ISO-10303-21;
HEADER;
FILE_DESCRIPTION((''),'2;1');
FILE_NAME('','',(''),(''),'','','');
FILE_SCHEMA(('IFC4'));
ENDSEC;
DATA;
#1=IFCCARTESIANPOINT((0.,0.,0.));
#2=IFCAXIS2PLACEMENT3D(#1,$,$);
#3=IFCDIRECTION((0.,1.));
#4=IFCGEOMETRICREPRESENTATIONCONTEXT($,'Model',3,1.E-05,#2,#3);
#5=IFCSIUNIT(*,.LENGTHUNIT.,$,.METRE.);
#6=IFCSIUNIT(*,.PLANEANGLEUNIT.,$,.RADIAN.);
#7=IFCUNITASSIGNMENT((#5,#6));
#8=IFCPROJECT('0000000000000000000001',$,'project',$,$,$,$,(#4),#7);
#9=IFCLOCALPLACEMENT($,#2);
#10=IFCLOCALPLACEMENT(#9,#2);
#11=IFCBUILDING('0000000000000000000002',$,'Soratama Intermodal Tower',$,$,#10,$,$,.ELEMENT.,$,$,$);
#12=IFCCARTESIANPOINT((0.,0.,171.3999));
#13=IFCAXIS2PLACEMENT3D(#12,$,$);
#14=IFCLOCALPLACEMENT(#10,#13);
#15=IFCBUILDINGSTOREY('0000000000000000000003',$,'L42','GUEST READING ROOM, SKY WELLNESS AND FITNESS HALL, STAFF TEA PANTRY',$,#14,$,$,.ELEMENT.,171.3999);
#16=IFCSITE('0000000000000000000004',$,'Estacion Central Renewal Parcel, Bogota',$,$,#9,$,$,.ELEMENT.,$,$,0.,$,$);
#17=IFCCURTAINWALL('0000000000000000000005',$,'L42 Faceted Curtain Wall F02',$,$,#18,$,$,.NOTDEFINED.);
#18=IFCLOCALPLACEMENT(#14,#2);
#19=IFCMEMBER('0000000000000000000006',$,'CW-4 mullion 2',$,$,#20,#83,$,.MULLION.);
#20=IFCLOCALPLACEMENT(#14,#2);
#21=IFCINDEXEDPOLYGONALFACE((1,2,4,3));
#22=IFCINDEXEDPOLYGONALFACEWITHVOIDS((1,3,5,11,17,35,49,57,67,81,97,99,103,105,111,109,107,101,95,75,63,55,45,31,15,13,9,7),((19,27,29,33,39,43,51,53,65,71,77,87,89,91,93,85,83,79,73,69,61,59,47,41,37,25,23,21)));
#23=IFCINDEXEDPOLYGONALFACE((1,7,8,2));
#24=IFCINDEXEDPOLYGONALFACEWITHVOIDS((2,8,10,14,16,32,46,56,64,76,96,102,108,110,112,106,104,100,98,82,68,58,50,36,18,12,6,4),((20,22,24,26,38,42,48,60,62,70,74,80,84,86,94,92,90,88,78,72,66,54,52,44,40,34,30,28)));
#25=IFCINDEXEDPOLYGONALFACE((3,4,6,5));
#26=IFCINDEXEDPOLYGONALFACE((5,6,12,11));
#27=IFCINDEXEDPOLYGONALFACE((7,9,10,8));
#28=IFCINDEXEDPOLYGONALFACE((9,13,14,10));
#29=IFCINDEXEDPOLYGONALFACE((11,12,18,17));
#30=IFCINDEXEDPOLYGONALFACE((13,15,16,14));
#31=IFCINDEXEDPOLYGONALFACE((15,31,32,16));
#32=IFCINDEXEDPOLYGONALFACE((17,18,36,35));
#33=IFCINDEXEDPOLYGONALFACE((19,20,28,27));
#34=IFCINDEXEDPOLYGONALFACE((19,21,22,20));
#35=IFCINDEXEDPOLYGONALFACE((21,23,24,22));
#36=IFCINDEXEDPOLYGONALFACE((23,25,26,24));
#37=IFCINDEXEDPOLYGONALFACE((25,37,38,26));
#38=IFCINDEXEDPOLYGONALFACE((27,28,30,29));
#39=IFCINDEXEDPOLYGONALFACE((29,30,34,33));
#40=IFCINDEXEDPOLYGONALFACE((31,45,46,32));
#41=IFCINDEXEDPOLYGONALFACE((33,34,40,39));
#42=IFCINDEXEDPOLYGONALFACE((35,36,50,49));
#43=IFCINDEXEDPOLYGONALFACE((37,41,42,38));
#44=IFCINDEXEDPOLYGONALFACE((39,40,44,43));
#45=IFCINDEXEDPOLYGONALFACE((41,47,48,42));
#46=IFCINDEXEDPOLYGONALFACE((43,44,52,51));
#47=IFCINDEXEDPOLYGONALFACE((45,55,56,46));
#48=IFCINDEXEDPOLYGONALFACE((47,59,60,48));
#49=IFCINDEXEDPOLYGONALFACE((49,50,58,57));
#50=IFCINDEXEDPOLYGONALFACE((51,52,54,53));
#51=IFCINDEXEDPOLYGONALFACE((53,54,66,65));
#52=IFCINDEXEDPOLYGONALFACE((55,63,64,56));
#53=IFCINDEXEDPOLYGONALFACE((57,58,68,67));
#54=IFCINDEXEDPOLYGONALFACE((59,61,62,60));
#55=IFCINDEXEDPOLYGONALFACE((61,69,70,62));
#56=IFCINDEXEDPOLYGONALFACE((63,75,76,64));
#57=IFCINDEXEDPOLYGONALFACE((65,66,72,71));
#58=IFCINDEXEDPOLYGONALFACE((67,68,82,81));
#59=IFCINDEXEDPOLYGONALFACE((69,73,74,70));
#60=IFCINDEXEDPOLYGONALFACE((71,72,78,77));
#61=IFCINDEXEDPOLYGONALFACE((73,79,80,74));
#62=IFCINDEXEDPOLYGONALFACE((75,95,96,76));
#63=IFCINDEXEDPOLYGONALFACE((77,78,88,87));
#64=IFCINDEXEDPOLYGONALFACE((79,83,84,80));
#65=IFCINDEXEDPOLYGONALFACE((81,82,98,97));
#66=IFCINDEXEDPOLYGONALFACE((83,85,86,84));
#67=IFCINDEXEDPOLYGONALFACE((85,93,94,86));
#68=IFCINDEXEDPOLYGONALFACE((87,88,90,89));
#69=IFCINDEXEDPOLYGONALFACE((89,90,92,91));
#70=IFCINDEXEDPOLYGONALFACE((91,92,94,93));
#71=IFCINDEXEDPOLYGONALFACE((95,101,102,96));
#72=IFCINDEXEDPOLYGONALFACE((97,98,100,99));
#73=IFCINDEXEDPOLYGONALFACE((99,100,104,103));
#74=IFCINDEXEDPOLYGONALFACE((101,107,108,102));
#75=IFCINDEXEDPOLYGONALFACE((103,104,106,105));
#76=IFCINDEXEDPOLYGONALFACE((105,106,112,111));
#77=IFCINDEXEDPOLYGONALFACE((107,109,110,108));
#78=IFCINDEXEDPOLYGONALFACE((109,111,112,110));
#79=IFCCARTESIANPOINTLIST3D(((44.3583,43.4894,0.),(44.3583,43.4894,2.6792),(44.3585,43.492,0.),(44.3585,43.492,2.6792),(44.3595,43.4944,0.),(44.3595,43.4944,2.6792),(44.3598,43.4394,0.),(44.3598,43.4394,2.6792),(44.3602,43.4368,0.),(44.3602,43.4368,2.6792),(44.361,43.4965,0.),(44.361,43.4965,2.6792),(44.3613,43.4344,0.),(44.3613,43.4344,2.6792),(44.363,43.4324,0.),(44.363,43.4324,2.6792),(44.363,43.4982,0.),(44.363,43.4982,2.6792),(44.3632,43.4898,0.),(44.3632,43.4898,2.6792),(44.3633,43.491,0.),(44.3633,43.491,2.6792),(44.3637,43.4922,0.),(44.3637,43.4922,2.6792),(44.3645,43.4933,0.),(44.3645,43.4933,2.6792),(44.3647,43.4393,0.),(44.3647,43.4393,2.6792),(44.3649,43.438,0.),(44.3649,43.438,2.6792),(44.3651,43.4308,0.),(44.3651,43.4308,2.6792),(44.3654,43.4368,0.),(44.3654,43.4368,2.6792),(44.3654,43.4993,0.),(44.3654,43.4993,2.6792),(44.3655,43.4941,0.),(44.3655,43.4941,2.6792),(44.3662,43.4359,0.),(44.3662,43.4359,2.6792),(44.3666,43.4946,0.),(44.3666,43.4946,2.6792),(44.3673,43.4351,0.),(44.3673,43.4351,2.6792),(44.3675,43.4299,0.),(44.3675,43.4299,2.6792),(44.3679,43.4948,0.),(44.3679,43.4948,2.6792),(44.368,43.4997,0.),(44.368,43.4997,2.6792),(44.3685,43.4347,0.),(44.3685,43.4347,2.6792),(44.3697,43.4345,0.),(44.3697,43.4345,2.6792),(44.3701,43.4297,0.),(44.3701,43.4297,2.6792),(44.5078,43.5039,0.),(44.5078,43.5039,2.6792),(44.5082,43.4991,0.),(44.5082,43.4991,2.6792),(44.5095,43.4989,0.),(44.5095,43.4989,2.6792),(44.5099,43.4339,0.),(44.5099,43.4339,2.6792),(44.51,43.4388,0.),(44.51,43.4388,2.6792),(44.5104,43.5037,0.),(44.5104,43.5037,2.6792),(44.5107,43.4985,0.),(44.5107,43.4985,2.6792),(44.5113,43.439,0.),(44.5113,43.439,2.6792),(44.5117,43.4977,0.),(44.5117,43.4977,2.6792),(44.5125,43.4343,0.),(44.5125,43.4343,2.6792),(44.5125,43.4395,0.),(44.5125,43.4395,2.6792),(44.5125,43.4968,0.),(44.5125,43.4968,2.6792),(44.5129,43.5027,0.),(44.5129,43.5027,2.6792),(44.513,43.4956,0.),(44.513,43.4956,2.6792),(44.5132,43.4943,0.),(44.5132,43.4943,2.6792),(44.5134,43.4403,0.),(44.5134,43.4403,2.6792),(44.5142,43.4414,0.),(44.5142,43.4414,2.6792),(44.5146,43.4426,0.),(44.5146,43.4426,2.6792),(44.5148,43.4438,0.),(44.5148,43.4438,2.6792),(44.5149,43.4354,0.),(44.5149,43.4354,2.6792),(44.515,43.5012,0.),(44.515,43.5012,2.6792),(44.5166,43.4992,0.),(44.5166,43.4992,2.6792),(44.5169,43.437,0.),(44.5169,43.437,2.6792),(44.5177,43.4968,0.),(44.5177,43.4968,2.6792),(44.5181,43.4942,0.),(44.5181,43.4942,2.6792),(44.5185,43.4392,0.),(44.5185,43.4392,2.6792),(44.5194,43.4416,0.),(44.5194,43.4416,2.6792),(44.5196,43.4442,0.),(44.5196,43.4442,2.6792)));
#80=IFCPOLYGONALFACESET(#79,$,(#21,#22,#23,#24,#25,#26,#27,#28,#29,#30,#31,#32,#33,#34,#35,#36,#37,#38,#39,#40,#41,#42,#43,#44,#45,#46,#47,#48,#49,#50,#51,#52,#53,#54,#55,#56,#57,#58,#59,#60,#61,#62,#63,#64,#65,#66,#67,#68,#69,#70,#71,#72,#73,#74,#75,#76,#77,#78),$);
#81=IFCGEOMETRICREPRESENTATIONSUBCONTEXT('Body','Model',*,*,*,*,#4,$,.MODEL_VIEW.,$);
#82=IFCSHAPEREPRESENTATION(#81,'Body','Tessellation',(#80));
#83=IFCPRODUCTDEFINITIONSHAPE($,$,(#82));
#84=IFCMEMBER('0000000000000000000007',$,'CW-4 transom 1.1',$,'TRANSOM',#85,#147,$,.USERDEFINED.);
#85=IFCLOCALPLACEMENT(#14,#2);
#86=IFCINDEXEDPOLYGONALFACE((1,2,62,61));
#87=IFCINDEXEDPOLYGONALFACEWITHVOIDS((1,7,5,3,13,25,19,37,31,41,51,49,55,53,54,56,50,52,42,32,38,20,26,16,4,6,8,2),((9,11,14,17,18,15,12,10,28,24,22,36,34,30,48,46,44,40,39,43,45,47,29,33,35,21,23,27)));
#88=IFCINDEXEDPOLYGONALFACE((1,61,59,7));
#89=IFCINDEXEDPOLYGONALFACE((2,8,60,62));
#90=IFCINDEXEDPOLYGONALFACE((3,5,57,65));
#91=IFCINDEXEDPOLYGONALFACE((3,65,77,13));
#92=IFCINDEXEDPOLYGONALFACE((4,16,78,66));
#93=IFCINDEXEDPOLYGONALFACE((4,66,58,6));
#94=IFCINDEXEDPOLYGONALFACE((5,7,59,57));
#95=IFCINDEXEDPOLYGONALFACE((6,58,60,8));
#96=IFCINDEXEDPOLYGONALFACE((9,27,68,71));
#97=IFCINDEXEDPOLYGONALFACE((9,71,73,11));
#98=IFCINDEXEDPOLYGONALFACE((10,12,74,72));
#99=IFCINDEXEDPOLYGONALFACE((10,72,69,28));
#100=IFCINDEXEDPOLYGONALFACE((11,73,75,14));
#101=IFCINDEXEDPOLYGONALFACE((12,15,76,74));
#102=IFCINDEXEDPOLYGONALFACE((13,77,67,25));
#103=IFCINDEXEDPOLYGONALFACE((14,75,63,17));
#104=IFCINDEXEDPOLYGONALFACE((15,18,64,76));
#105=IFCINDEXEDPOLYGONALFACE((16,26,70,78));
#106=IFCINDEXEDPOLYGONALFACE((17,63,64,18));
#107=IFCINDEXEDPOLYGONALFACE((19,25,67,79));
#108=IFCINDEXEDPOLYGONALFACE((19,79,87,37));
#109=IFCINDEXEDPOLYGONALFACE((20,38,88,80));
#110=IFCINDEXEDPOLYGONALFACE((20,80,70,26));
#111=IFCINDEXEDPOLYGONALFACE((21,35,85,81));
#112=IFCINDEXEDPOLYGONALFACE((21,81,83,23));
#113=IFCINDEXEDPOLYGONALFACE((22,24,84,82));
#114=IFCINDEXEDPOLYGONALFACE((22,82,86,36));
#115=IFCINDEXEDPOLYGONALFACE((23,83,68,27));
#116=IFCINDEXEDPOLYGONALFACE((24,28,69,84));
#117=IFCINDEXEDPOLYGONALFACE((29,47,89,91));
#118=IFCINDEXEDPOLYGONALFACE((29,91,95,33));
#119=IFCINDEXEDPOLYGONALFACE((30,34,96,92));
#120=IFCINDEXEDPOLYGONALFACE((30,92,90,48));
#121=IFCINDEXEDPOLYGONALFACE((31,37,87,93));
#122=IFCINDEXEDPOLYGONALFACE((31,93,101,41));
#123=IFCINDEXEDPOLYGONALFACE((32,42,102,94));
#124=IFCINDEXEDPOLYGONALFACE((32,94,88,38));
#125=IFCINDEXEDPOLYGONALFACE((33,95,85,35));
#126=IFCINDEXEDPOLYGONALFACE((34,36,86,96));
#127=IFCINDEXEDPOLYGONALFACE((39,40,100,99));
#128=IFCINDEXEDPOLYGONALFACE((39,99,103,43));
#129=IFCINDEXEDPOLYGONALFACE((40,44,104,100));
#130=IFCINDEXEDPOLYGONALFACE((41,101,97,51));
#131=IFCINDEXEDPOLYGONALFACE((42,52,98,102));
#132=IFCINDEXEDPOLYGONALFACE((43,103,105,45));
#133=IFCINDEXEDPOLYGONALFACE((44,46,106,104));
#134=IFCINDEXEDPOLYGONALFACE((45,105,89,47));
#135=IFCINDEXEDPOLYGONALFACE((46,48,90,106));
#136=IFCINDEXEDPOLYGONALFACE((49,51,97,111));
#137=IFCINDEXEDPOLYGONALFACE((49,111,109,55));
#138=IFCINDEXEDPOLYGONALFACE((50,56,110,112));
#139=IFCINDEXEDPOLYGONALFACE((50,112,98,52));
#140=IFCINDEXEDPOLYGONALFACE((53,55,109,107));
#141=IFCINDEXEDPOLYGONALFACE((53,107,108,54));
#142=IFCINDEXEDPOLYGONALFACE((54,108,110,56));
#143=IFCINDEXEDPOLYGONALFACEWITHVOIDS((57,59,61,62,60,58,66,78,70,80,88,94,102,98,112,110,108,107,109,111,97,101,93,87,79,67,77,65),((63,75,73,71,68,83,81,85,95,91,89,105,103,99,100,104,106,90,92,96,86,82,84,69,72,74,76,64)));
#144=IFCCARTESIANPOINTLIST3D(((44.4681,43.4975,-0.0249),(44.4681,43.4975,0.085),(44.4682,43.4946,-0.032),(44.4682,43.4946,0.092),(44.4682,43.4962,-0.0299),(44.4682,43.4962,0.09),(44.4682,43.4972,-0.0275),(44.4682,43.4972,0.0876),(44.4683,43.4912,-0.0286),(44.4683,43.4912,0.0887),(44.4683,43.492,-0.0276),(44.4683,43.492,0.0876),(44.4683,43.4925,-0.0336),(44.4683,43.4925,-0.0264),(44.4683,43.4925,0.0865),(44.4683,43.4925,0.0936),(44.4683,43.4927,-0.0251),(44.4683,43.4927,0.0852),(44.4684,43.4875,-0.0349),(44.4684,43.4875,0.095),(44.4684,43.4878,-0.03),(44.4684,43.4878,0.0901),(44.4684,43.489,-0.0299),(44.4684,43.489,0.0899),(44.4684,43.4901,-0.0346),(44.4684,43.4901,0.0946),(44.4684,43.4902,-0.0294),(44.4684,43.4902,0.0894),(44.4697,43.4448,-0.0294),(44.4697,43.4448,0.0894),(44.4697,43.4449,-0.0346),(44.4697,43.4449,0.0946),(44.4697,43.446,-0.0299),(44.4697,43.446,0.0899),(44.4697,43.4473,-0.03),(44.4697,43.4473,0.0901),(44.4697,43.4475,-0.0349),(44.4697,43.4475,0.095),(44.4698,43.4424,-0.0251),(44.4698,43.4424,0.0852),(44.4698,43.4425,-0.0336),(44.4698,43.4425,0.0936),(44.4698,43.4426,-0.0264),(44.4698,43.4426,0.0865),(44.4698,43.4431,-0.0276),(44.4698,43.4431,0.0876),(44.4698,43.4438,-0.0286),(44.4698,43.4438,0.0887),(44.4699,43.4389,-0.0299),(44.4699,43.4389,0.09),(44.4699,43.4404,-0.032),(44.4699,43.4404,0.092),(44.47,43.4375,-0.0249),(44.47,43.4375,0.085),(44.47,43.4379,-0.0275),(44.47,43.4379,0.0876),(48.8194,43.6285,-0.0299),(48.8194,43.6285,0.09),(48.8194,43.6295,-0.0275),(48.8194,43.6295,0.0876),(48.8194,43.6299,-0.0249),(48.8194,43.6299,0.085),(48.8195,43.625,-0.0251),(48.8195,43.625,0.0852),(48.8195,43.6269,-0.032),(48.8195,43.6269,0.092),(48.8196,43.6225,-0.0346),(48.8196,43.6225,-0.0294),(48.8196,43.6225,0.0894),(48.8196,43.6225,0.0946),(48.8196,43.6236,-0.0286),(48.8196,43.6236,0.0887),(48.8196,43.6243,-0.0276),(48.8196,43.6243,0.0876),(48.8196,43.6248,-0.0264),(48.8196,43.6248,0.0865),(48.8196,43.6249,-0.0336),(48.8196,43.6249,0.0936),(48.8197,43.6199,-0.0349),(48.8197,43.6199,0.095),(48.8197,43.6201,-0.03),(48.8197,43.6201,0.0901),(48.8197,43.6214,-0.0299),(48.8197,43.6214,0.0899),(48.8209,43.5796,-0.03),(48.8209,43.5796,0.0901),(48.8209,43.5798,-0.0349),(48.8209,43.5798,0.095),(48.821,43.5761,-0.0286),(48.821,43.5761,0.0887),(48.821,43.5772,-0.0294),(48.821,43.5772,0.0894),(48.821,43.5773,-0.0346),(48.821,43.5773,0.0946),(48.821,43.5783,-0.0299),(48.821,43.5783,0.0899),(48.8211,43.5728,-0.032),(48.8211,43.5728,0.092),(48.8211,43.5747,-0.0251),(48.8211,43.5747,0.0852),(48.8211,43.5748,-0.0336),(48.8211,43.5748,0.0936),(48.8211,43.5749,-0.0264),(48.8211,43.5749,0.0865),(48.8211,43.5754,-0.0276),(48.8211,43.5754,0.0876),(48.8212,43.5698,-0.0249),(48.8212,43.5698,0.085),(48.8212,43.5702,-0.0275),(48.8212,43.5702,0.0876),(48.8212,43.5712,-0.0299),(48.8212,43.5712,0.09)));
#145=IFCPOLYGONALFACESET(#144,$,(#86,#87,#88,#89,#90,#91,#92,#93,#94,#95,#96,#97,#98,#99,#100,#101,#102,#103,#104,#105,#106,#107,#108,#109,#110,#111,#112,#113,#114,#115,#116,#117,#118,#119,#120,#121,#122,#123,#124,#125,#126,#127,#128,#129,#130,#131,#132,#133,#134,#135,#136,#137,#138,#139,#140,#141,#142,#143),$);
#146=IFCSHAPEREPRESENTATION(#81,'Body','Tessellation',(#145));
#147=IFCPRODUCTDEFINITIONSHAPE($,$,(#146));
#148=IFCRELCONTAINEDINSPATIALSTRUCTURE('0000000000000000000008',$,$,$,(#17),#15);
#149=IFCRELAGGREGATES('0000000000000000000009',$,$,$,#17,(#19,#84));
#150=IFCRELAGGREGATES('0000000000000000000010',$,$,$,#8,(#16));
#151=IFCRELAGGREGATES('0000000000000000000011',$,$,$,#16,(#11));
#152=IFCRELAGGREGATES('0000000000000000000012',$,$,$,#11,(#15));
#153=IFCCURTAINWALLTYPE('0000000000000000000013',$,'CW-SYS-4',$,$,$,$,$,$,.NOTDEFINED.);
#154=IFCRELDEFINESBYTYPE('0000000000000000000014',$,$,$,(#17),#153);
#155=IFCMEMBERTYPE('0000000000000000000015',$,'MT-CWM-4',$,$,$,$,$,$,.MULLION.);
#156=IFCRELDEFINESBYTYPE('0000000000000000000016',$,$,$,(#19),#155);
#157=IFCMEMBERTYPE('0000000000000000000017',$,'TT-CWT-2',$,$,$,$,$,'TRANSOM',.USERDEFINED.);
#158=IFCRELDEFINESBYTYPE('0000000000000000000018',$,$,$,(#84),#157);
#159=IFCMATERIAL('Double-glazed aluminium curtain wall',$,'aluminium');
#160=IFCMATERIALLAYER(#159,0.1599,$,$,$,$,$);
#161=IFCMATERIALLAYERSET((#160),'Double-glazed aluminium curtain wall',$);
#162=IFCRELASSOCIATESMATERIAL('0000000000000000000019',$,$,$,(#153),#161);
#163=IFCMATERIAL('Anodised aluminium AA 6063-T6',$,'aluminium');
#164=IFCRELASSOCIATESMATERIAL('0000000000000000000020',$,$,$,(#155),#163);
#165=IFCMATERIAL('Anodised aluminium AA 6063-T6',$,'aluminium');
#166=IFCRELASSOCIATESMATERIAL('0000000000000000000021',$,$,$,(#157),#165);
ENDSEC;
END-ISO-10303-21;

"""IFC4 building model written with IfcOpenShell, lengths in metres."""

from ifc_helpers import new_model, si_unit, direction, frame, origin, origin_2d, place, context, subcontext, project, spatial, hollow_rectangle, extrude, material, layer, layer_set, material_profile, profile_set, type_object, element, aggregate, save


model = new_model("IFC4")

# Units and contexts
model_context = context("Model", 3, precision=1e-05, world=origin(), true_north=direction((0.0, 1.0)))
body_context = subcontext(model_context, "Body", "Model", "MODEL_VIEW")
ifc_project = project(units=[si_unit("LENGTHUNIT", "METRE"), si_unit("PLANEANGLEUNIT", "RADIAN")], contexts=[model_context])

# Site, building, storey
site_placement = place(None, origin())
site = spatial("IfcSite", under=ifc_project, at=site_placement, Name="Estacion Central Renewal Parcel, Bogota", CompositionType="ELEMENT", RefElevation=0.0)
building_placement = place(site_placement, origin())
building = spatial("IfcBuilding", under=site, at=building_placement, Name="Soratama Intermodal Tower", CompositionType="ELEMENT")
storey_placement = place(building_placement, frame((0.0, 0.0, 171.3999)))
storey = spatial("IfcBuildingStorey", under=building, at=storey_placement, Name="L42", Description="GUEST READING ROOM, SKY WELLNESS AND FITNESS HALL, STAFF TEA PANTRY", CompositionType="ELEMENT", Elevation=171.3999)

# Curtain wall, members
ifc_material_1 = material(Name="Double-glazed aluminium curtain wall", Category="aluminium")
ifc_layer_1 = layer(ifc_material_1, 0.1599)
ifc_layer_set_1 = layer_set([ifc_layer_1], Name="Double-glazed aluminium curtain wall")
curtain_wall_type = type_object("IfcCurtainWallType", Name="CW-SYS-4", PredefinedType="NOTDEFINED", material=ifc_layer_set_1)
curtain_wall_placement = place(storey_placement, origin())
curtain_wall = element("IfcCurtainWall", 1, at=curtain_wall_placement, inside=storey, type_object=curtain_wall_type, Name="L42 Faceted Curtain Wall F02", PredefinedType="NOTDEFINED")
ifc_material_2 = material(Name="Anodised aluminium AA 6063-T6", Category="aluminium")
ifc_material_profile_1 = material_profile(ifc_material_2, hollow_rectangle(XDim=0.0701, YDim=0.1599, WallThickness=0.0049, InnerFilletRadius=0.0049, OuterFilletRadius=0.01, at=origin_2d()), Name="CWM160X70X5")
ifc_profile_set_1 = profile_set([ifc_material_profile_1], Name="Anodised aluminium AA 6063-T6")
member_type_1 = type_object("IfcMemberType", Name="MT-CWM-4", PredefinedType="MULLION", material=ifc_profile_set_1)
member_1_placement = place(storey_placement, frame((44.439, 43.4668, 0.0), z_axis=(0.0, 0.0, 1.0), x_axis=(0.03036, -0.999539, 0.0)))
member_1 = element("IfcMember", 2, at=member_1_placement, type_object=member_type_1, Name="CW-4 mullion 2", PredefinedType="MULLION", context=body_context, shape_type="SweptSolid", body=[
    extrude(hollow_rectangle(XDim=0.0701, YDim=0.1599, WallThickness=0.0049, InnerFilletRadius=0.0049, OuterFilletRadius=0.01, at=origin_2d()), origin(), (0.0, 0.0, 1.0), 2.6792),
])
ifc_material_3 = material(Name="Anodised aluminium AA 6063-T6", Category="aluminium")
ifc_material_profile_2 = material_profile(ifc_material_3, hollow_rectangle(XDim=0.0601, YDim=0.1299, WallThickness=0.0049, InnerFilletRadius=0.0049, OuterFilletRadius=0.01, at=origin_2d()), Name="CWT130X60X5")
ifc_profile_set_2 = profile_set([ifc_material_profile_2], Name="Anodised aluminium AA 6063-T6")
member_type_2 = type_object("IfcMemberType", Name="TT-CWT-2", ElementType="TRANSOM", PredefinedType="USERDEFINED", material=ifc_profile_set_2)
member_2_placement = place(storey_placement, frame((48.8203, 43.5999, 0.03), z_axis=(-0.999538, -0.030396, 0.0), x_axis=(0.030396, -0.999538, 0.0)))
member_2 = element("IfcMember", 3, at=member_2_placement, type_object=member_type_2, Name="CW-4 transom 1.1", ObjectType="TRANSOM", PredefinedType="USERDEFINED", context=body_context, shape_type="SweptSolid", body=[
    extrude(hollow_rectangle(XDim=0.0601, YDim=0.1299, WallThickness=0.0049, InnerFilletRadius=0.0049, OuterFilletRadius=0.01, at=origin_2d()), origin(), (0.0, 0.0, 1.0), 4.3533),
])
aggregate(curtain_wall, [member_1, member_2])

save(model, "model.ifc")
